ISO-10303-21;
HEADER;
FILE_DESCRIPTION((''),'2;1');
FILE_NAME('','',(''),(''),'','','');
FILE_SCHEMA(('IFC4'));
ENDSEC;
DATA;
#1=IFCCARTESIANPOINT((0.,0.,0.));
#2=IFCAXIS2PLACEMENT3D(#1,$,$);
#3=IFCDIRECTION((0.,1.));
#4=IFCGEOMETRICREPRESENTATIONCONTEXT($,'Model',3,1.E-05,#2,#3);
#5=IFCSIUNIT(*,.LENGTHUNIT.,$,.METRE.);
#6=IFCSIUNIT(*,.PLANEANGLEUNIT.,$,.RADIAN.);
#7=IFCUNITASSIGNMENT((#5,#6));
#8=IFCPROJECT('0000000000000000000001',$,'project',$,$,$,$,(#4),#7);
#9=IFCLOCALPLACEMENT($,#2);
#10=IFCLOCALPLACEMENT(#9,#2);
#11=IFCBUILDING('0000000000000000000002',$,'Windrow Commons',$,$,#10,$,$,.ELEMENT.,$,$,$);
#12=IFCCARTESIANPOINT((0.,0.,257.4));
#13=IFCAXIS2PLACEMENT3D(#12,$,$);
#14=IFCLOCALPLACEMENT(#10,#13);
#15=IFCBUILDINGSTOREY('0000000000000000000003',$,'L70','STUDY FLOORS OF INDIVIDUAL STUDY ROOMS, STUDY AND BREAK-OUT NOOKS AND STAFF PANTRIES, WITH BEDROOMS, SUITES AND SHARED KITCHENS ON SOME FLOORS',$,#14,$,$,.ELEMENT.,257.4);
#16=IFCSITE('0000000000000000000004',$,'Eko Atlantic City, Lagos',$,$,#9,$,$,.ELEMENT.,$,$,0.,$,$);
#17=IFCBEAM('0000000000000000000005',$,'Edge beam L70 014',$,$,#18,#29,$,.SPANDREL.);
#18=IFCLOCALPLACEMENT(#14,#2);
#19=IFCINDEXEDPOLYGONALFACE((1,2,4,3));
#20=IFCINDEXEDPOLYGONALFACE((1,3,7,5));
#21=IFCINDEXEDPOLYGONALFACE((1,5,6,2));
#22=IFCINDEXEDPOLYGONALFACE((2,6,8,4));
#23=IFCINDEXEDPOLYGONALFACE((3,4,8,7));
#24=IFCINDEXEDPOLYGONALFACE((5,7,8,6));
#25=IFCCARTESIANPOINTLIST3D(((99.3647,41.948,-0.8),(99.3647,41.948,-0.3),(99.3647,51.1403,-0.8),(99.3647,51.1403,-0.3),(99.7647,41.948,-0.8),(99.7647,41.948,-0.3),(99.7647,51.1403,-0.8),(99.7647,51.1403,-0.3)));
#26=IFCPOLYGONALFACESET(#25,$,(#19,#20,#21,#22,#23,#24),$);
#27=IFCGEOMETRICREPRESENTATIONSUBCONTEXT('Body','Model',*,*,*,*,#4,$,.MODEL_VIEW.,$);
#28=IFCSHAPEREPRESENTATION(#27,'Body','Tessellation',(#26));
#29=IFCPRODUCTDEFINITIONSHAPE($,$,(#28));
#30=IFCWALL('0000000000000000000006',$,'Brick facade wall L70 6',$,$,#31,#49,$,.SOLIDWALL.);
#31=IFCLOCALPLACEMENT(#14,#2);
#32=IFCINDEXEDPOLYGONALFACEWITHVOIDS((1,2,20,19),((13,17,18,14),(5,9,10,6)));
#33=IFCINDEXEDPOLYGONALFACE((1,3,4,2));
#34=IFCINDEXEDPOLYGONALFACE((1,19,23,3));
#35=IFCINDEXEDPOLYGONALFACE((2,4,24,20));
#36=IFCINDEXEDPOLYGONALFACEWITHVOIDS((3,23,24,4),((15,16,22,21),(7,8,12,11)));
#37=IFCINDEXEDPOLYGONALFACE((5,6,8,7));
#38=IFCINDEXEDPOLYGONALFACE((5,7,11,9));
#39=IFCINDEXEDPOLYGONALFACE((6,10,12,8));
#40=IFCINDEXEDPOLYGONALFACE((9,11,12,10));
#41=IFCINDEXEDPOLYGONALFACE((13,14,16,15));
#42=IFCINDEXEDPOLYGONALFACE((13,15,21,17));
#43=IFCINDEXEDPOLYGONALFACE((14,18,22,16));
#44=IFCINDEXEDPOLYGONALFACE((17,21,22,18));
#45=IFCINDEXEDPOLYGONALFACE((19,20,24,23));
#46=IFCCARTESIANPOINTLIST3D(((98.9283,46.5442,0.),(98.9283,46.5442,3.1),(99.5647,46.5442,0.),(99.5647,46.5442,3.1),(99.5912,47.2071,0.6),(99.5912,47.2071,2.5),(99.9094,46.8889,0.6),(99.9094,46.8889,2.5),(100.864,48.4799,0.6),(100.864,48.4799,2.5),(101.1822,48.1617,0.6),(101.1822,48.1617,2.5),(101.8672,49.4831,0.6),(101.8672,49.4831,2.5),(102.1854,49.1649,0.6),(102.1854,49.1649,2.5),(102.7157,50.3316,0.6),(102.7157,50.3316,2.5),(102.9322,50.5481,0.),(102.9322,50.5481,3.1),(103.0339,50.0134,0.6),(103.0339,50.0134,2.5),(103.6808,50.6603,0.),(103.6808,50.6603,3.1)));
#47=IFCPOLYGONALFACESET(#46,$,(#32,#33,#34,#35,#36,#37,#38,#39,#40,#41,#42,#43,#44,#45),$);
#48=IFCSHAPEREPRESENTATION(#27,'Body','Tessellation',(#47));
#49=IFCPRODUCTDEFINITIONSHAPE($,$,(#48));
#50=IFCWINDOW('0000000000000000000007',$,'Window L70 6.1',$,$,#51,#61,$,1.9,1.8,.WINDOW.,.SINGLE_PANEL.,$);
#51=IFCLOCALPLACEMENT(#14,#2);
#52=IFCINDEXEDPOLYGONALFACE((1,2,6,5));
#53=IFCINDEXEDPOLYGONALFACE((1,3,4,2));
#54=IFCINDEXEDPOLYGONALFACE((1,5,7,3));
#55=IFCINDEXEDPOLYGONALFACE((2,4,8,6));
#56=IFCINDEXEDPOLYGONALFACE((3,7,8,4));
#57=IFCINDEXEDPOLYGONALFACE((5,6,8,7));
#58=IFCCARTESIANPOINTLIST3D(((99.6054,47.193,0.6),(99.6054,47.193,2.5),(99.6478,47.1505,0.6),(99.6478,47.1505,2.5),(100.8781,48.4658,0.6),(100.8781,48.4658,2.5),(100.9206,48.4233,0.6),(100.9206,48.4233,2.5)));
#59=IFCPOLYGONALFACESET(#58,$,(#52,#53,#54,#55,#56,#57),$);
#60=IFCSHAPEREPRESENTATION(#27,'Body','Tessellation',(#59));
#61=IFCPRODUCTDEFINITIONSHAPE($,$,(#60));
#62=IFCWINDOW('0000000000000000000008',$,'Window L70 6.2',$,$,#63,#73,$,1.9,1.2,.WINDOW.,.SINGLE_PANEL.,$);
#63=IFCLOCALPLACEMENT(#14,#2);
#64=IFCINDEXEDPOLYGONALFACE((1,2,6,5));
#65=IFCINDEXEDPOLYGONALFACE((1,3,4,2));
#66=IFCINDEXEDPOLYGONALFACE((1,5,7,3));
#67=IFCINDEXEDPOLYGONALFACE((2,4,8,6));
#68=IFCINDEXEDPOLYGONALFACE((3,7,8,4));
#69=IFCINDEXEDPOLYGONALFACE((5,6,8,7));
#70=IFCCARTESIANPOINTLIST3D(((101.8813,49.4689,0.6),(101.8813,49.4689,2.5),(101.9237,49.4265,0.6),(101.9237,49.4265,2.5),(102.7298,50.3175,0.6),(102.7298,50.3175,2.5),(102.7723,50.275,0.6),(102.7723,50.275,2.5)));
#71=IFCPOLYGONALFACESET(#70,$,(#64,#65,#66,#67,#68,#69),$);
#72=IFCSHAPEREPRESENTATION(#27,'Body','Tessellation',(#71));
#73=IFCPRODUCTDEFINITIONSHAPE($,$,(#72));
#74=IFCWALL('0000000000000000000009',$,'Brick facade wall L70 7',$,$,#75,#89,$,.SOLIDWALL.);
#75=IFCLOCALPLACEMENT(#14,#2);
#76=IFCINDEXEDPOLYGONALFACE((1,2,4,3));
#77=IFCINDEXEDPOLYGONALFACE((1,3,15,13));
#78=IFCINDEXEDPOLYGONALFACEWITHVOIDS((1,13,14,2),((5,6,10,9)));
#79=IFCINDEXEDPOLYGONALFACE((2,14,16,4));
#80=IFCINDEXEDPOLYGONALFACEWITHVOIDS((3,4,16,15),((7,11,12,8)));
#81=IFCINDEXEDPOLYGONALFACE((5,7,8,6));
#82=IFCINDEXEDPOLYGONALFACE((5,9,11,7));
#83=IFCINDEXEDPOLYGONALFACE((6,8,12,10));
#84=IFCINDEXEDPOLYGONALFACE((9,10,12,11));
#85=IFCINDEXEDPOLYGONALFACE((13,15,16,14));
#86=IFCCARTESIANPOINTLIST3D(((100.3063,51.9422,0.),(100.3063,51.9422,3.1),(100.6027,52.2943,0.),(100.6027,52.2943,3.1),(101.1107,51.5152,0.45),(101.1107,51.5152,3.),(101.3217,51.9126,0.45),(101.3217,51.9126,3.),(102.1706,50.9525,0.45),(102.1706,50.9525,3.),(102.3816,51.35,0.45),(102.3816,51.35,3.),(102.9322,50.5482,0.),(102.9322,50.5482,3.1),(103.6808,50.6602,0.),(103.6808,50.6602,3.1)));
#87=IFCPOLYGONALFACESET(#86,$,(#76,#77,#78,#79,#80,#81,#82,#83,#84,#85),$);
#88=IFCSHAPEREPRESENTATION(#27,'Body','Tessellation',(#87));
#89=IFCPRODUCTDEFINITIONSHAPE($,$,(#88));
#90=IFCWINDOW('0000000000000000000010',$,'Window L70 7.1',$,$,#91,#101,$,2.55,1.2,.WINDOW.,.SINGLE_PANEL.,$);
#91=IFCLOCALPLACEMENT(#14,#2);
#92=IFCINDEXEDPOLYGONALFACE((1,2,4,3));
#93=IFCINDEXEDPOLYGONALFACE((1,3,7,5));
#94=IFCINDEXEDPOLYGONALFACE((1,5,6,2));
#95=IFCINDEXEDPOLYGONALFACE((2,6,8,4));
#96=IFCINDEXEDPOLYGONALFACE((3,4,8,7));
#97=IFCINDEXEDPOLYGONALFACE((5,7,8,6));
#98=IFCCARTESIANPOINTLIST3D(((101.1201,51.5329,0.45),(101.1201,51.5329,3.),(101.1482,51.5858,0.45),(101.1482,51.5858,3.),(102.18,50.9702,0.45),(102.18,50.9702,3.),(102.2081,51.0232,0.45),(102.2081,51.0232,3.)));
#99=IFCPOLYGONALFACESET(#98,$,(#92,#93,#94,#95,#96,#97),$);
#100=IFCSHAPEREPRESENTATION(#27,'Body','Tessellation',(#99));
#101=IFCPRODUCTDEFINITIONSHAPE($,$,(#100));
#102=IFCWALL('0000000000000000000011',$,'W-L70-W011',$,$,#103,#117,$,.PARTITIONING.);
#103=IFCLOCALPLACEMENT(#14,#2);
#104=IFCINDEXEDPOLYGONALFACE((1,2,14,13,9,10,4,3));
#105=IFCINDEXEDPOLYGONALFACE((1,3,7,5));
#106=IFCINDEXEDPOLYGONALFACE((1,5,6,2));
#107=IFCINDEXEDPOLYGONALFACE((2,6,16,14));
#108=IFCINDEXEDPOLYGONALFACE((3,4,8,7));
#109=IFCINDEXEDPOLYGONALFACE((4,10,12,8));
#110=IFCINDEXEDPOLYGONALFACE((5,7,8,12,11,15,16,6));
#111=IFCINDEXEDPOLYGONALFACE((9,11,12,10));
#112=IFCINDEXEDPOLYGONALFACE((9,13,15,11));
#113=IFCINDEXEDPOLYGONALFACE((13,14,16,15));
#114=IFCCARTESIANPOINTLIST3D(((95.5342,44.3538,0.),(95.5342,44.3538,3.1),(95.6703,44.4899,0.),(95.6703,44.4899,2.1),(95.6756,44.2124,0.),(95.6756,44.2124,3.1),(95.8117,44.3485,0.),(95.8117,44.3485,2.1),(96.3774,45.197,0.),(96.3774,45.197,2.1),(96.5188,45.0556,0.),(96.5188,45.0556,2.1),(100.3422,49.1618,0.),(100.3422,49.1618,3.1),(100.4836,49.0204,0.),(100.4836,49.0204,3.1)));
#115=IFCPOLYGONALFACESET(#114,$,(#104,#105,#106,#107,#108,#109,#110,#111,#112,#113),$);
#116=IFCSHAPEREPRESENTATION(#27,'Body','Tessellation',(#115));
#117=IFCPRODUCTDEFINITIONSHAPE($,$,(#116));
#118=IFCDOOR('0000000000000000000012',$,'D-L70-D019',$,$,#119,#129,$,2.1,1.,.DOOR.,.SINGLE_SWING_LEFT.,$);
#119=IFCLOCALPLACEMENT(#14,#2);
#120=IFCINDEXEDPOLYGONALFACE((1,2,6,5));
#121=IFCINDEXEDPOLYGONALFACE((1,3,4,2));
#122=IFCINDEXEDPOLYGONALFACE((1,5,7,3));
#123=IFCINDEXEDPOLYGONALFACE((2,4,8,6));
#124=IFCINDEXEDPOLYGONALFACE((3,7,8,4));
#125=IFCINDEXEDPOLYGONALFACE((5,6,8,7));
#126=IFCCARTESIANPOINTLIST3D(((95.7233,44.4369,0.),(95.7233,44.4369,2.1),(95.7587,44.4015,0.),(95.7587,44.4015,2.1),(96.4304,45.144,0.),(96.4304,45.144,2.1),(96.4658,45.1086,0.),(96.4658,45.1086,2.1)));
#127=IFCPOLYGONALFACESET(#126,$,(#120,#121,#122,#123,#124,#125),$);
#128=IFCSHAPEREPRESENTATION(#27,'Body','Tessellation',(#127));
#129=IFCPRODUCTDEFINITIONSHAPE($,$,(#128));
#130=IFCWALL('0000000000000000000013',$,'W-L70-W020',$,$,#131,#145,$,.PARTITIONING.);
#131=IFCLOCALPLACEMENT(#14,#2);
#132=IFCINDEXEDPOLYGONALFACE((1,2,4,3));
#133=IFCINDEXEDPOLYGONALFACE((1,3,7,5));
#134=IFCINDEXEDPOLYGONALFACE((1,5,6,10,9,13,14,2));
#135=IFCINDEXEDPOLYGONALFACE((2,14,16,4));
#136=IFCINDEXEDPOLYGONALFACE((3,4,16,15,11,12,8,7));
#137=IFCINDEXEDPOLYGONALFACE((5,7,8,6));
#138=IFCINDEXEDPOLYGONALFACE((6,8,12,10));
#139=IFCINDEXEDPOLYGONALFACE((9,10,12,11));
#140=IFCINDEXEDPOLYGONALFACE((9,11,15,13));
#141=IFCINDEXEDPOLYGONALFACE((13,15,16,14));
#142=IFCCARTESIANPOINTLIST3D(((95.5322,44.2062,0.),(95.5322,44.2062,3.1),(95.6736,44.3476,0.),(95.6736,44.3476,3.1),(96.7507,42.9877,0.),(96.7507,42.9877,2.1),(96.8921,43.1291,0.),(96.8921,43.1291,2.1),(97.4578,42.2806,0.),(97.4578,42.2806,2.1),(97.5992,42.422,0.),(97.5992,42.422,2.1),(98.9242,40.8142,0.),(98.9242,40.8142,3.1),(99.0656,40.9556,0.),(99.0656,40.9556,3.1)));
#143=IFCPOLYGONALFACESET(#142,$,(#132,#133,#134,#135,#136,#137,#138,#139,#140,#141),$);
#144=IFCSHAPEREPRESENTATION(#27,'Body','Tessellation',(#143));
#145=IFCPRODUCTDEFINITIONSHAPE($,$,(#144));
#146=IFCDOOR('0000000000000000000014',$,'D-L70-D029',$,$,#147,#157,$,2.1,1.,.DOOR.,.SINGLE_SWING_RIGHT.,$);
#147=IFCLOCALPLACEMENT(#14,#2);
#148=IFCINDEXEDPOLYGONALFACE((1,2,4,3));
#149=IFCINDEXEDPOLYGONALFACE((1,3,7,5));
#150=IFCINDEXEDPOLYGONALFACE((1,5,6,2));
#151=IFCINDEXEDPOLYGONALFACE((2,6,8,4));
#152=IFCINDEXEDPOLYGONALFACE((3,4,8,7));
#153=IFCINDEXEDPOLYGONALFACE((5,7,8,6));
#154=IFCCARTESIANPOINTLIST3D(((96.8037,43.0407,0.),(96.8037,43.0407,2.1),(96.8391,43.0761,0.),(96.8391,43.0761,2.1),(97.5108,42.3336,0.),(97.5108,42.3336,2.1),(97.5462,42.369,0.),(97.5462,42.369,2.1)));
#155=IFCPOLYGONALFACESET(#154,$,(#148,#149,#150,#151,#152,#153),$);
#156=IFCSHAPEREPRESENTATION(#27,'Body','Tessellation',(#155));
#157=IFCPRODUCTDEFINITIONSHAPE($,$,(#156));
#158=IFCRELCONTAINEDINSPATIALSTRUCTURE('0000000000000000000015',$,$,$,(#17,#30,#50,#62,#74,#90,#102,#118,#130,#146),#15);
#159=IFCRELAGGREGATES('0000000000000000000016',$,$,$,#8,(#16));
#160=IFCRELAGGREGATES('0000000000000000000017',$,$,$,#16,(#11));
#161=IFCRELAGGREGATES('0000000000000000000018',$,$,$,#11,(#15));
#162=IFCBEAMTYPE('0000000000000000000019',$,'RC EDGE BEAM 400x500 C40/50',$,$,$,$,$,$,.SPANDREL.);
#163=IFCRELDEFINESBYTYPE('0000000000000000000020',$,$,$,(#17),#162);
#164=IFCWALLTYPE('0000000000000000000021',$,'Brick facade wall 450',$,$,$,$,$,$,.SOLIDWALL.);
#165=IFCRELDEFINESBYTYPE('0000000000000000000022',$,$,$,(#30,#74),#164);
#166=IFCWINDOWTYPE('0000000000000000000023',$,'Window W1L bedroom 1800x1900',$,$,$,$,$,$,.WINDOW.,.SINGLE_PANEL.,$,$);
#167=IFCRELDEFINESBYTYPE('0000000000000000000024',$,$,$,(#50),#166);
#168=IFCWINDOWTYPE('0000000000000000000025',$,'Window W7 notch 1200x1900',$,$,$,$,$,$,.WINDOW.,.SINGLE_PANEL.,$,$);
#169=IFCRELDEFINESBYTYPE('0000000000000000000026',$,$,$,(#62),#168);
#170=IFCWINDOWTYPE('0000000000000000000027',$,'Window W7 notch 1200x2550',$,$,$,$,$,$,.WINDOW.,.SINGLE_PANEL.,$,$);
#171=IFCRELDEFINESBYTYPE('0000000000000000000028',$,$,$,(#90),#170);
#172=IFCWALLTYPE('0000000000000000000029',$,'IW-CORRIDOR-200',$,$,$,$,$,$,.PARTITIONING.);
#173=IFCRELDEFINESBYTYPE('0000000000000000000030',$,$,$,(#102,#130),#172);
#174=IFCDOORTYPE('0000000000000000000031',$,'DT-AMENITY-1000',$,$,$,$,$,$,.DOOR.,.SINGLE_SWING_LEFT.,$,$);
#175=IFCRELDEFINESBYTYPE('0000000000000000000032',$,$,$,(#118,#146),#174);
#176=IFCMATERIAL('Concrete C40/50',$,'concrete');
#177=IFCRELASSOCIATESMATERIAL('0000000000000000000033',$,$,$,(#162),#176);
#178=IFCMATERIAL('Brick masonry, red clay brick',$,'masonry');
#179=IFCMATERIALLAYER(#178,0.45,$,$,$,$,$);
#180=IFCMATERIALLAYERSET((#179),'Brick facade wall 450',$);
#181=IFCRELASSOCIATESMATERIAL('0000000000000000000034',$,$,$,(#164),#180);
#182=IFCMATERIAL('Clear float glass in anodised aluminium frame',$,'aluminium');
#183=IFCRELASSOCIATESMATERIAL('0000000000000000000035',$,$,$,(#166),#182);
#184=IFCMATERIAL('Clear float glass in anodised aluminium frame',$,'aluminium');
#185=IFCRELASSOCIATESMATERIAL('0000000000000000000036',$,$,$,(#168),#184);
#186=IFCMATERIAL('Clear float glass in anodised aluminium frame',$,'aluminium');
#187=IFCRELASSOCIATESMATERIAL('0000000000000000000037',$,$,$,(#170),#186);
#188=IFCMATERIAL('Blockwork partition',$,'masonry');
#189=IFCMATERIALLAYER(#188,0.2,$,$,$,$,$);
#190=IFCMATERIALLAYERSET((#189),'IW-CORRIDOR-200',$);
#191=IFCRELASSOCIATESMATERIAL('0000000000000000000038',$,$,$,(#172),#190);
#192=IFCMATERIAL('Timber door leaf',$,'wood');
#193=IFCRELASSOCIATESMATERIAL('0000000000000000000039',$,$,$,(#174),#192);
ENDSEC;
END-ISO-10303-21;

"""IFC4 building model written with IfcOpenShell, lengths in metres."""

from ifc_helpers import new_model, si_unit, direction, frame, frame_2d, origin, origin_2d, place, context, subcontext, project, spatial, polyline, rectangle, outline, extrude, material, layer, layer_set, material_profile, profile_set, type_object, element, fill, save


model = new_model("IFC4")

# Units and contexts
model_context = context("Model", 3, precision=1e-05, world=origin(), true_north=direction((0.0, 1.0)))
body_context = subcontext(model_context, "Body", "Model", "MODEL_VIEW")
ifc_project = project(units=[si_unit("LENGTHUNIT", "METRE"), si_unit("PLANEANGLEUNIT", "RADIAN")], contexts=[model_context])

# Site, building, storey
site_placement = place(None, origin())
site = spatial("IfcSite", under=ifc_project, at=site_placement, Name="Eko Atlantic City, Lagos", CompositionType="ELEMENT", RefElevation=0.0)
building_placement = place(site_placement, origin())
building = spatial("IfcBuilding", under=site, at=building_placement, Name="Windrow Commons", CompositionType="ELEMENT")
storey_placement = place(building_placement, frame((0.0, 0.0, 257.4)))
storey = spatial("IfcBuildingStorey", under=building, at=storey_placement, Name="L70", Description="STUDY FLOORS OF INDIVIDUAL STUDY ROOMS, STUDY AND BREAK-OUT NOOKS AND STAFF PANTRIES, WITH BEDROOMS, SUITES AND SHARED KITCHENS ON SOME FLOORS", CompositionType="ELEMENT", Elevation=257.4)

# Beam
ifc_material_1 = material(Name="Concrete C40/50", Category="concrete")
ifc_material_profile = material_profile(ifc_material_1, rectangle(XDim=0.4, YDim=0.5, at=origin_2d()))
ifc_profile_set = profile_set([ifc_material_profile], Name="Concrete C40/50")
beam_type = type_object("IfcBeamType", Name="RC EDGE BEAM 400x500 C40/50", PredefinedType="SPANDREL", material=ifc_profile_set)
beam_placement = place(storey_placement, frame((99.5647, 51.1403, -0.55), z_axis=(0.0, -1.0, 0.0), x_axis=(1.0, 0.0, 0.0)))
element("IfcBeam", 1, at=beam_placement, inside=storey, type_object=beam_type, Name="Edge beam L70 014", PredefinedType="SPANDREL", context=body_context, shape_type="SweptSolid", body=[
    extrude(rectangle(XDim=0.4, YDim=0.5, at=origin_2d()), origin(), (0.0, 0.0, 1.0), 9.1923),
])

# Wall, openings, windows
ifc_material_2 = material(Name="Brick masonry, red clay brick", Category="masonry")
ifc_layer_1 = layer(ifc_material_2, 0.45)
ifc_layer_set_1 = layer_set([ifc_layer_1], Name="Brick facade wall 450")
wall_type_1 = type_object("IfcWallType", Name="Brick facade wall 450", PredefinedType="SOLIDWALL", material=ifc_layer_set_1)
wall_1_placement = place(storey_placement, frame((99.2465, 46.5442, 0.0), z_axis=(0.0, 0.0, 1.0), x_axis=(0.707107, 0.707107, 0.0)))
wall_1 = element("IfcWall", 2, at=wall_1_placement, inside=storey, type_object=wall_type_1, Name="Brick facade wall L70 6", PredefinedType="SOLIDWALL", context=body_context, shape_type="SweptSolid", body=[
    extrude(outline(polyline([(0.225, -0.225), (6.046, -0.225), (5.4374, 0.225), (-0.225, 0.225), (0.225, -0.225)])), origin(), (0.0, 0.0, 1.0), 3.1),
])
opening_1_placement = place(wall_1_placement, frame((0.7125, 0.0, 0.6)))
opening_1 = element("IfcOpeningElement", 3, at=opening_1_placement, cuts=wall_1, PredefinedType="OPENING", context=body_context, shape_type="SweptSolid", body=[
    extrude(rectangle(XDim=1.8, YDim=1.9, at=frame_2d((0.9, 0.95))), frame((0.0, 0.235, 0.0), z_axis=(0.0, -1.0, 0.0), x_axis=(1.0, 0.0, 0.0)), (0.0, 0.0, 1.0), 0.47),
])
opening_2_placement = place(wall_1_placement, frame((3.9312, 0.0, 0.6)))
opening_2 = element("IfcOpeningElement", 4, at=opening_2_placement, cuts=wall_1, PredefinedType="OPENING", context=body_context, shape_type="SweptSolid", body=[
    extrude(rectangle(XDim=1.2, YDim=1.9, at=frame_2d((0.6, 0.95))), frame((0.0, 0.235, 0.0), z_axis=(0.0, -1.0, 0.0), x_axis=(1.0, 0.0, 0.0)), (0.0, 0.0, 1.0), 0.47),
])
ifc_material_3 = material(Name="Clear float glass in anodised aluminium frame", Category="aluminium")
window_type_1 = type_object("IfcWindowType", Name="Window W1L bedroom 1800x1900", PartitioningType="SINGLE_PANEL", PredefinedType="WINDOW", material=ifc_material_3)
window_1_placement = place(opening_1_placement, origin())
window_1 = element("IfcWindow", 5, at=window_1_placement, inside=storey, type_object=window_type_1, Name="Window L70 6.1", OverallHeight=1.9, OverallWidth=1.8, PartitioningType="SINGLE_PANEL", PredefinedType="WINDOW", context=body_context, shape_type="SweptSolid", body=[
    extrude(rectangle(XDim=1.8, YDim=1.9, at=frame_2d((0.9, 0.95))), frame((0.0, 0.205, 0.0), z_axis=(0.0, -1.0, 0.0), x_axis=(1.0, 0.0, 0.0)), (0.0, 0.0, 1.0), 0.06),
])
fill(opening_1, window_1)
ifc_material_4 = material(Name="Clear float glass in anodised aluminium frame", Category="aluminium")
window_type_2 = type_object("IfcWindowType", Name="Window W7 notch 1200x1900", PartitioningType="SINGLE_PANEL", PredefinedType="WINDOW", material=ifc_material_4)
window_2_placement = place(opening_2_placement, origin())
window_2 = element("IfcWindow", 6, at=window_2_placement, inside=storey, type_object=window_type_2, Name="Window L70 6.2", OverallHeight=1.9, OverallWidth=1.2, PartitioningType="SINGLE_PANEL", PredefinedType="WINDOW", context=body_context, shape_type="SweptSolid", body=[
    extrude(rectangle(XDim=1.2, YDim=1.9, at=frame_2d((0.6, 0.95))), frame((0.0, 0.205, 0.0), z_axis=(0.0, -1.0, 0.0), x_axis=(1.0, 0.0, 0.0)), (0.0, 0.0, 1.0), 0.06),
])
fill(opening_2, window_2)

# Wall, opening, window
wall_2_placement = place(storey_placement, frame((103.3065, 50.6042, 0.0), z_axis=(0.0, 0.0, 1.0), x_axis=(-0.883247, 0.468908, 0.0)))
wall_2 = element("IfcWall", 7, at=wall_2_placement, inside=storey, type_object=wall_type_1, Name="Brick facade wall L70 7", PredefinedType="SOLIDWALL", context=body_context, shape_type="SweptSolid", body=[
    extrude(outline(polyline([(-0.3043, -0.225), (3.1806, -0.225), (3.2773, 0.225), (0.3043, 0.225), (-0.3043, -0.225)])), origin(), (0.0, 0.0, 1.0), 3.1),
])
opening_3_placement = place(wall_2_placement, frame((1.1666, 0.0, 0.45)))
opening_3 = element("IfcOpeningElement", 8, at=opening_3_placement, cuts=wall_2, PredefinedType="OPENING", context=body_context, shape_type="SweptSolid", body=[
    extrude(rectangle(XDim=1.2, YDim=2.55, at=frame_2d((0.6, 1.275))), frame((0.0, 0.235, 0.0), z_axis=(0.0, -1.0, 0.0), x_axis=(1.0, 0.0, 0.0)), (0.0, 0.0, 1.0), 0.47),
])
ifc_material_5 = material(Name="Clear float glass in anodised aluminium frame", Category="aluminium")
window_type_3 = type_object("IfcWindowType", Name="Window W7 notch 1200x2550", PartitioningType="SINGLE_PANEL", PredefinedType="WINDOW", material=ifc_material_5)
window_3_placement = place(opening_3_placement, origin())
window_3 = element("IfcWindow", 9, at=window_3_placement, inside=storey, type_object=window_type_3, Name="Window L70 7.1", OverallHeight=2.55, OverallWidth=1.2, PartitioningType="SINGLE_PANEL", PredefinedType="WINDOW", context=body_context, shape_type="SweptSolid", body=[
    extrude(rectangle(XDim=1.2, YDim=2.55, at=frame_2d((0.6, 1.275))), frame((0.0, 0.205, 0.0), z_axis=(0.0, -1.0, 0.0), x_axis=(1.0, 0.0, 0.0)), (0.0, 0.0, 1.0), 0.06),
])
fill(opening_3, window_3)

# Walls, openings, doors
ifc_material_6 = material(Name="Blockwork partition", Category="masonry")
ifc_layer_2 = layer(ifc_material_6, 0.2)
ifc_layer_set_2 = layer_set([ifc_layer_2], Name="IW-CORRIDOR-200")
wall_type_2 = type_object("IfcWallType", Name="IW-CORRIDOR-200", PredefinedType="PARTITIONING", material=ifc_layer_set_2)
wall_3_placement = place(storey_placement, frame((95.6049, 44.2831, 0.0), z_axis=(0.0, 0.0, 1.0), x_axis=(0.707107, 0.707107, 0.0)))
wall_3 = element("IfcWall", 10, at=wall_3_placement, inside=storey, type_object=wall_type_2, Name="W-L70-W011", PredefinedType="PARTITIONING", context=body_context, shape_type="SweptSolid", body=[
    extrude(rectangle(XDim=6.7995, YDim=0.2, at=frame_2d((3.3998, 0.0))), origin(), (0.0, 0.0, 1.0), 3.1),
])
opening_4_placement = place(wall_3_placement, frame((0.1925, 0.0, 0.0)))
opening_4 = element("IfcOpeningElement", 11, at=opening_4_placement, cuts=wall_3, PredefinedType="OPENING", context=body_context, shape_type="SweptSolid", body=[
    extrude(rectangle(XDim=1.0, YDim=2.1, at=frame_2d((0.5, 1.05))), frame((0.0, 0.11, 0.0), z_axis=(0.0, -1.0, 0.0), x_axis=(1.0, 0.0, 0.0)), (0.0, 0.0, 1.0), 0.22),
])
ifc_material_7 = material(Name="Timber door leaf", Category="wood")
door_type = type_object("IfcDoorType", Name="DT-AMENITY-1000", OperationType="SINGLE_SWING_LEFT", PredefinedType="DOOR", material=ifc_material_7)
door_1_placement = place(opening_4_placement, origin())
door_1 = element("IfcDoor", 12, at=door_1_placement, inside=storey, type_object=door_type, Name="D-L70-D019", OperationType="SINGLE_SWING_LEFT", OverallHeight=2.1, OverallWidth=1.0, PredefinedType="DOOR", context=body_context, shape_type="SweptSolid", body=[
    extrude(rectangle(XDim=1.0, YDim=2.1, at=frame_2d((0.5, 1.05))), frame((0.0, 0.025, 0.0), z_axis=(0.0, -1.0, 0.0), x_axis=(1.0, 0.0, 0.0)), (0.0, 0.0, 1.0), 0.05),
])
fill(opening_4, door_1)
wall_4_placement = place(storey_placement, frame((95.6029, 44.2769, 0.0), z_axis=(0.0, 0.0, 1.0), x_axis=(0.707107, -0.707107, 0.0)))
wall_4 = element("IfcWall", 13, at=wall_4_placement, inside=storey, type_object=wall_type_2, Name="W-L70-W020", PredefinedType="PARTITIONING", context=body_context, shape_type="SweptSolid", body=[
    extrude(rectangle(XDim=4.797, YDim=0.2, at=frame_2d((2.3985, 0.0))), origin(), (0.0, 0.0, 1.0), 3.1),
])
opening_5_placement = place(wall_4_placement, frame((1.7232, 0.0, 0.0)))
opening_5 = element("IfcOpeningElement", 14, at=opening_5_placement, cuts=wall_4, PredefinedType="OPENING", context=body_context, shape_type="SweptSolid", body=[
    extrude(rectangle(XDim=1.0, YDim=2.1, at=frame_2d((0.5, 1.05))), frame((0.0, 0.11, 0.0), z_axis=(0.0, -1.0, 0.0), x_axis=(1.0, 0.0, 0.0)), (0.0, 0.0, 1.0), 0.22),
])
door_2_placement = place(opening_5_placement, origin())
door_2 = element("IfcDoor", 15, at=door_2_placement, inside=storey, type_object=door_type, Name="D-L70-D029", OperationType="SINGLE_SWING_RIGHT", OverallHeight=2.1, OverallWidth=1.0, PredefinedType="DOOR", context=body_context, shape_type="SweptSolid", body=[
    extrude(rectangle(XDim=1.0, YDim=2.1, at=frame_2d((0.5, 1.05))), frame((0.0, 0.025, 0.0), z_axis=(0.0, -1.0, 0.0), x_axis=(1.0, 0.0, 0.0)), (0.0, 0.0, 1.0), 0.05),
])
fill(opening_5, door_2)

save(model, "model.ifc")
